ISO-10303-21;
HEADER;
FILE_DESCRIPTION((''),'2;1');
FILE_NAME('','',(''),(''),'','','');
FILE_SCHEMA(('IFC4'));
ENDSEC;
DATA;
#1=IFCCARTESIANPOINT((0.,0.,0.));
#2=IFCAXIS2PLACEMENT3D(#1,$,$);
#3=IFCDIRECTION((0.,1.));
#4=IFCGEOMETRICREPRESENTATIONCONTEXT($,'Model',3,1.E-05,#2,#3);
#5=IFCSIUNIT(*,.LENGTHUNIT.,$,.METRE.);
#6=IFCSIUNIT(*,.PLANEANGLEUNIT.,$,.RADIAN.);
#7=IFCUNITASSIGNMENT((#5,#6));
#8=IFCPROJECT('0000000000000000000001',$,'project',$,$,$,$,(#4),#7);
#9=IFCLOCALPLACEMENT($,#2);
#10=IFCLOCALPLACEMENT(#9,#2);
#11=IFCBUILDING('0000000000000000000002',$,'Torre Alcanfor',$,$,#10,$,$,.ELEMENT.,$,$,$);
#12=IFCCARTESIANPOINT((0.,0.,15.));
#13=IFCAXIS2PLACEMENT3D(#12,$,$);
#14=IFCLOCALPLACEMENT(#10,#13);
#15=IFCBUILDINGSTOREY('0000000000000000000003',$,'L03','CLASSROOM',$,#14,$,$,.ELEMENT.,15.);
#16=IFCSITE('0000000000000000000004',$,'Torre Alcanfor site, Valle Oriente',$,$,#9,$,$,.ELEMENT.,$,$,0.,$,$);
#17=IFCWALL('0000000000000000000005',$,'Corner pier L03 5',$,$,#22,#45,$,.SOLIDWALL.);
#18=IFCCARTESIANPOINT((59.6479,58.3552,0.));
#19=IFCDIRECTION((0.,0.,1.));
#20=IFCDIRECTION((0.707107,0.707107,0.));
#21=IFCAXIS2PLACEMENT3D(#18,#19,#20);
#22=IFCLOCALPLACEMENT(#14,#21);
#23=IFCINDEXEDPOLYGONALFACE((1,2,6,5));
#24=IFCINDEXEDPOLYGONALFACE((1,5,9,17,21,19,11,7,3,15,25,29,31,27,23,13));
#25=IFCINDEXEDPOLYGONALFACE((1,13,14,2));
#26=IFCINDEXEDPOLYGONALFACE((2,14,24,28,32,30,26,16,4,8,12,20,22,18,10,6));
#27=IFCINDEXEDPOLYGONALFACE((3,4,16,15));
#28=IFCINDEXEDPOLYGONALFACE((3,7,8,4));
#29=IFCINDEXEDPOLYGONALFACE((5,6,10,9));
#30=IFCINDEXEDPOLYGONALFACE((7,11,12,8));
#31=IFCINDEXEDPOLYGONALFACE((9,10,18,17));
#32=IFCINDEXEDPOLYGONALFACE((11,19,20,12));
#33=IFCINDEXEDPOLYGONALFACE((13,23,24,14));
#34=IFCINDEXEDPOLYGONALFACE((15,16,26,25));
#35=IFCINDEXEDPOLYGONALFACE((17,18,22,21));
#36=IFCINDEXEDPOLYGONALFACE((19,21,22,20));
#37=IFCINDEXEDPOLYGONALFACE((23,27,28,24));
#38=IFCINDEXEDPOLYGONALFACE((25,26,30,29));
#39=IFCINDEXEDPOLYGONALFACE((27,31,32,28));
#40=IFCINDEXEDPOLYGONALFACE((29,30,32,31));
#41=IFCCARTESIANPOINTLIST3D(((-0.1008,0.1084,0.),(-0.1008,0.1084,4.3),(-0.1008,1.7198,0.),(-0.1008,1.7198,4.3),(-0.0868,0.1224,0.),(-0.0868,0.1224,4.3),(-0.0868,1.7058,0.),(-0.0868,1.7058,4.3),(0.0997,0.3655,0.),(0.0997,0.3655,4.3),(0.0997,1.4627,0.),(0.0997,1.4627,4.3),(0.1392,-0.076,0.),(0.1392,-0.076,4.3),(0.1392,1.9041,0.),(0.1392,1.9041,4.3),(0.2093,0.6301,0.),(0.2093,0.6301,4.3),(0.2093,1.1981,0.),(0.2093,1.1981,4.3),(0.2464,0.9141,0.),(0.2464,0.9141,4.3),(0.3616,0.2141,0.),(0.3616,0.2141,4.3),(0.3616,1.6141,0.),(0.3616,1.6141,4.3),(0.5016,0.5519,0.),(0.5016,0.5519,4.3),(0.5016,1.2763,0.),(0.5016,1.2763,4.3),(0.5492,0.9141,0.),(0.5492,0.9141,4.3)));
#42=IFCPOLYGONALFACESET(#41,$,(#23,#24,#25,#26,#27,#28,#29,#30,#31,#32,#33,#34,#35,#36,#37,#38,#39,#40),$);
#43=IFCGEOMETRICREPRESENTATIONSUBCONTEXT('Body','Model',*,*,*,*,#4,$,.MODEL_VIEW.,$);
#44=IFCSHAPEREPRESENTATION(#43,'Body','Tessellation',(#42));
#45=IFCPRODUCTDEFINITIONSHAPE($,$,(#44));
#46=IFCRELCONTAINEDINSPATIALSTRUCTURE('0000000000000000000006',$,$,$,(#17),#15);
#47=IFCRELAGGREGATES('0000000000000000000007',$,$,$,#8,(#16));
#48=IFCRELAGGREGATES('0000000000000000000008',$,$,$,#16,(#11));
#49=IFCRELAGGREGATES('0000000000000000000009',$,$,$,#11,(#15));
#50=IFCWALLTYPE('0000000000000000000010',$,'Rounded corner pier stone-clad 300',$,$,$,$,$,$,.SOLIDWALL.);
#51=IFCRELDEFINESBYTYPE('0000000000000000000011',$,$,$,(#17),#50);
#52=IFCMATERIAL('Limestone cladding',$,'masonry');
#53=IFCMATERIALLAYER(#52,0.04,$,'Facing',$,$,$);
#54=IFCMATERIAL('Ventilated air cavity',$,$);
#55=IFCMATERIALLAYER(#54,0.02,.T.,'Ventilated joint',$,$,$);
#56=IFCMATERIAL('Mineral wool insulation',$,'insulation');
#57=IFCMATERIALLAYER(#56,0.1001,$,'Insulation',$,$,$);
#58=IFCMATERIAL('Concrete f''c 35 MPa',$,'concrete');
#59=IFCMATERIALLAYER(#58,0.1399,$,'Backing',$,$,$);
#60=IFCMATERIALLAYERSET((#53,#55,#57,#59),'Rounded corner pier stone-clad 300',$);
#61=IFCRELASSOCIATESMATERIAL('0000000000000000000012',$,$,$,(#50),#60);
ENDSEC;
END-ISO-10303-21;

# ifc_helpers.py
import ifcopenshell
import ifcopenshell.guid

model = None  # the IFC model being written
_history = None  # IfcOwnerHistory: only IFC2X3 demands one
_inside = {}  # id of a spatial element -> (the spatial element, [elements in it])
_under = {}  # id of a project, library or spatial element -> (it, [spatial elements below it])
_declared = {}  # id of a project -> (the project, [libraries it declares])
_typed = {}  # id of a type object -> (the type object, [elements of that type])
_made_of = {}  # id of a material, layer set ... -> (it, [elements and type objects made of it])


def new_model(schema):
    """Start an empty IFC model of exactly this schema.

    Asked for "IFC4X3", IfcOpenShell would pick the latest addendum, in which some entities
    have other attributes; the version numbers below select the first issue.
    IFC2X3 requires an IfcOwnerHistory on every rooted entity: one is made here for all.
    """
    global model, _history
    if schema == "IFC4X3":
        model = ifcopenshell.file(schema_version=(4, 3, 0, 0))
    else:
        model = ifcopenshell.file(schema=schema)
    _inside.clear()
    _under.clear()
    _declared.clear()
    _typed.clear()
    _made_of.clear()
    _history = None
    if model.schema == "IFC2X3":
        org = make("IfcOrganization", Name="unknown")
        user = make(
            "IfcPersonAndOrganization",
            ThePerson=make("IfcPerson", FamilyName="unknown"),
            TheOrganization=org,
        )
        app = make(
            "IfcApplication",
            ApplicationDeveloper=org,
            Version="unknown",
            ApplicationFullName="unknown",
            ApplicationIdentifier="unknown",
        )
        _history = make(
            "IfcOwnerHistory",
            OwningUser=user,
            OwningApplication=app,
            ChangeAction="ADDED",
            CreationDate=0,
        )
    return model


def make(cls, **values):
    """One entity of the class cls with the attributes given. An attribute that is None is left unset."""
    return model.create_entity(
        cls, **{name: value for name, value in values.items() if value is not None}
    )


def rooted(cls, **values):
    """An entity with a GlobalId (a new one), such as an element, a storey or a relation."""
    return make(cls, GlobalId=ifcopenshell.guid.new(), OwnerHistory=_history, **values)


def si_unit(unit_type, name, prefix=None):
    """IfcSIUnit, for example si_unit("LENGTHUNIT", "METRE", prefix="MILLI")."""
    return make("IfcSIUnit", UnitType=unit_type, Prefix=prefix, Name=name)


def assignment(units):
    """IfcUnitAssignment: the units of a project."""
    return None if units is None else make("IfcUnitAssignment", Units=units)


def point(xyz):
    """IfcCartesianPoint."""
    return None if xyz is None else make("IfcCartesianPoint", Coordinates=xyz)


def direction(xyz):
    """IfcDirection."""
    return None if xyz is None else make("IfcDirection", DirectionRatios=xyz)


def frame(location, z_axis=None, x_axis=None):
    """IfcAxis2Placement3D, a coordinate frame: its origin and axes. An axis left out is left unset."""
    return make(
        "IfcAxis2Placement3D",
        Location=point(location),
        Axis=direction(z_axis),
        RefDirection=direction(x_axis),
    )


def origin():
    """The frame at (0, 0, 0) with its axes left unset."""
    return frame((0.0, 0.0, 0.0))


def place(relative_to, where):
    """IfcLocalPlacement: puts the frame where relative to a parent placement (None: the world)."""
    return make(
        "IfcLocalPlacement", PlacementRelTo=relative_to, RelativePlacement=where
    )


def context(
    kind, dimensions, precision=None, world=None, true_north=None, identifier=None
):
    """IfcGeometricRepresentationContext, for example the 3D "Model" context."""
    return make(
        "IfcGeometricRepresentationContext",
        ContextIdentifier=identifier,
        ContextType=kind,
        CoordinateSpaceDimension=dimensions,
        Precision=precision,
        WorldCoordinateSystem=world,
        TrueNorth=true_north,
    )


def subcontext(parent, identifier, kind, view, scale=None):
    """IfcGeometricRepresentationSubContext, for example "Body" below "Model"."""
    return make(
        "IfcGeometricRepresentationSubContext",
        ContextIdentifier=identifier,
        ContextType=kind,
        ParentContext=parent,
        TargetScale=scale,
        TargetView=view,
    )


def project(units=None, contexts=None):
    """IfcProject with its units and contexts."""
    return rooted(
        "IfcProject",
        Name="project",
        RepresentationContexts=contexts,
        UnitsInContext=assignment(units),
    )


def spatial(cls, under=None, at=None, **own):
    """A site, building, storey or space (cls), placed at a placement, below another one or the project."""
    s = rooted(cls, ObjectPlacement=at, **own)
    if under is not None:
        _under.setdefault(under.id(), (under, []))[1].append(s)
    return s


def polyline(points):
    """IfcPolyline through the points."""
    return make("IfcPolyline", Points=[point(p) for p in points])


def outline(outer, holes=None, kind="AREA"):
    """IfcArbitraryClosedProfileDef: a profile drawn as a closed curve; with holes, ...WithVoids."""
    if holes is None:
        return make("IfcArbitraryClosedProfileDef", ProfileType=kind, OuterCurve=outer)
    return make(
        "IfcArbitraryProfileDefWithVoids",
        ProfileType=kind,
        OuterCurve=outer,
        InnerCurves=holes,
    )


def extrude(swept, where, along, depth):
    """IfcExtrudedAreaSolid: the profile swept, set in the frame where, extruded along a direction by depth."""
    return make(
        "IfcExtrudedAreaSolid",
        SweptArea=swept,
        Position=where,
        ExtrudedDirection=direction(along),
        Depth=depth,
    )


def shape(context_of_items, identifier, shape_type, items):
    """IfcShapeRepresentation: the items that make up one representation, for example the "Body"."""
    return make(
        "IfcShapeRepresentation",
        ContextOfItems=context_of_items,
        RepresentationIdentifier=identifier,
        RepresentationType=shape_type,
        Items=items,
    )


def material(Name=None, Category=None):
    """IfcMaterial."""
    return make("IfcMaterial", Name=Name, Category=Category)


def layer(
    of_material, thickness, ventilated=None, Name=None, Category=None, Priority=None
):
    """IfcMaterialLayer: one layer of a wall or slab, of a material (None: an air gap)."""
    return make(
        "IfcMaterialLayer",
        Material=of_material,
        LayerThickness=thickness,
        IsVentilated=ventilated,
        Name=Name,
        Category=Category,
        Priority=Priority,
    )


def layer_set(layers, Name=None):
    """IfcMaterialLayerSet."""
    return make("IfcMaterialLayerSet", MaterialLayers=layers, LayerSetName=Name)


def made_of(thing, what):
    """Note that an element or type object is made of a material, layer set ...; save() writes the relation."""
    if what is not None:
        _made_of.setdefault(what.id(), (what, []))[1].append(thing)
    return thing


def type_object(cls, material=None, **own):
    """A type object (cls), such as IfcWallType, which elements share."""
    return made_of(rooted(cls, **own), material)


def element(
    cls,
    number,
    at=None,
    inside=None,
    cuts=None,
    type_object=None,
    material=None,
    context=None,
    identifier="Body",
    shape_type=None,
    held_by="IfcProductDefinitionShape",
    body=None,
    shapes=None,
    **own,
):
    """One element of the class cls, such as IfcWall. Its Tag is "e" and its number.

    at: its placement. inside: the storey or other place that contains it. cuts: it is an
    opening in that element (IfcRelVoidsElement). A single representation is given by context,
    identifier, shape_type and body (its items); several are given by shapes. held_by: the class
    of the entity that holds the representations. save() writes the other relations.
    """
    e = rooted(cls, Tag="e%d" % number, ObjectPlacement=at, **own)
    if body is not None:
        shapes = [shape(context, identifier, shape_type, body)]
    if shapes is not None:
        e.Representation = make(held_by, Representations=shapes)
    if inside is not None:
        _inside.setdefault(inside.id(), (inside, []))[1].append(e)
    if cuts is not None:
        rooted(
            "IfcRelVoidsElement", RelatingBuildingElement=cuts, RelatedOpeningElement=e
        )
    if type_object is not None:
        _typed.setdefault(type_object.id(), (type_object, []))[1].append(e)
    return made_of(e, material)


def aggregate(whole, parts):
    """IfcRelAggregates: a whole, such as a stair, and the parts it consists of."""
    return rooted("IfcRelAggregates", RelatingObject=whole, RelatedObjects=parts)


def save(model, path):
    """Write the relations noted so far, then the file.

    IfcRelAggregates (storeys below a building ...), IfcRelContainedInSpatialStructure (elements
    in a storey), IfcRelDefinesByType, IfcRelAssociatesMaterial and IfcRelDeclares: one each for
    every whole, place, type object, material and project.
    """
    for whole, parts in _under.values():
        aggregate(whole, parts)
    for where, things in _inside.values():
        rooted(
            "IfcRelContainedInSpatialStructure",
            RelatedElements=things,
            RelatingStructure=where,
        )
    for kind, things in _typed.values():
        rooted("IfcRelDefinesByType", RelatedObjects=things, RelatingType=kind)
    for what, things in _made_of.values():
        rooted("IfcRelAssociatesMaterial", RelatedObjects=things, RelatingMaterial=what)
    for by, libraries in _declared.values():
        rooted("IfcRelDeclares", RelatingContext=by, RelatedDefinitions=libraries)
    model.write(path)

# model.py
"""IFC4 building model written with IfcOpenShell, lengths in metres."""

from ifc_helpers import new_model, si_unit, direction, frame, origin, place, context, subcontext, project, spatial, polyline, outline, extrude, material, layer, layer_set, type_object, element, save


model = new_model("IFC4")

# Units and contexts
model_context = context("Model", 3, precision=1e-05, world=origin(), true_north=direction((0.0, 1.0)))
body_context = subcontext(model_context, "Body", "Model", "MODEL_VIEW")
ifc_project = project(units=[si_unit("LENGTHUNIT", "METRE"), si_unit("PLANEANGLEUNIT", "RADIAN")], contexts=[model_context])

# Site, building, storey
site_placement = place(None, origin())
site = spatial("IfcSite", under=ifc_project, at=site_placement, Name="Torre Alcanfor site, Valle Oriente", CompositionType="ELEMENT", RefElevation=0.0)
building_placement = place(site_placement, origin())
building = spatial("IfcBuilding", under=site, at=building_placement, Name="Torre Alcanfor", CompositionType="ELEMENT")
storey_placement = place(building_placement, frame((0.0, 0.0, 15.0)))
storey = spatial("IfcBuildingStorey", under=building, at=storey_placement, Name="L03", Description="CLASSROOM", CompositionType="ELEMENT", Elevation=15.0)

# Wall
ifc_material_1 = material(Name="Limestone cladding", Category="masonry")
ifc_layer_1 = layer(ifc_material_1, 0.04, Name="Facing")
ifc_material_2 = material(Name="Ventilated air cavity")
ifc_layer_2 = layer(ifc_material_2, 0.02, ventilated=True, Name="Ventilated joint")
ifc_material_3 = material(Name="Mineral wool insulation", Category="insulation")
ifc_layer_3 = layer(ifc_material_3, 0.1001, Name="Insulation")
ifc_material_4 = material(Name="Concrete f'c 35 MPa", Category="concrete")
ifc_layer_4 = layer(ifc_material_4, 0.1399, Name="Backing")
ifc_layer_set_1 = layer_set([ifc_layer_1, ifc_layer_2, ifc_layer_3, ifc_layer_4], Name="Rounded corner pier stone-clad 300")
wall_type_1 = type_object("IfcWallType", Name="Rounded corner pier stone-clad 300", PredefinedType="SOLIDWALL", material=ifc_layer_set_1)
wall_1_placement = place(storey_placement, frame((59.6479, 58.3552, 0.0), z_axis=(0.0, 0.0, 1.0), x_axis=(0.707107, 0.707107, 0.0)))
element("IfcWall", 1, at=wall_1_placement, inside=storey, type_object=wall_type_1, Name="Corner pier L03 5", PredefinedType="SOLIDWALL", context=body_context, shape_type="SweptSolid", body=[
    extrude(outline(polyline([(0.1392, 1.9041), (-0.1008, 1.7198), (-0.0868, 1.7058), (0.0997, 1.4627), (0.2093, 1.1981), (0.2464, 0.9141), (0.2093, 0.6301), (0.0997, 0.3655), (-0.0868, 0.1224), (-0.1008, 0.1084), (0.1392, -0.076), (0.3616, 0.2141), (0.5016, 0.5519), (0.5492, 0.9141), (0.5016, 1.2763), (0.3616, 1.6141), (0.1392, 1.9041)])), origin(), (0.0, 0.0, 1.0), 4.3),
])

save(model, "model.ifc")
